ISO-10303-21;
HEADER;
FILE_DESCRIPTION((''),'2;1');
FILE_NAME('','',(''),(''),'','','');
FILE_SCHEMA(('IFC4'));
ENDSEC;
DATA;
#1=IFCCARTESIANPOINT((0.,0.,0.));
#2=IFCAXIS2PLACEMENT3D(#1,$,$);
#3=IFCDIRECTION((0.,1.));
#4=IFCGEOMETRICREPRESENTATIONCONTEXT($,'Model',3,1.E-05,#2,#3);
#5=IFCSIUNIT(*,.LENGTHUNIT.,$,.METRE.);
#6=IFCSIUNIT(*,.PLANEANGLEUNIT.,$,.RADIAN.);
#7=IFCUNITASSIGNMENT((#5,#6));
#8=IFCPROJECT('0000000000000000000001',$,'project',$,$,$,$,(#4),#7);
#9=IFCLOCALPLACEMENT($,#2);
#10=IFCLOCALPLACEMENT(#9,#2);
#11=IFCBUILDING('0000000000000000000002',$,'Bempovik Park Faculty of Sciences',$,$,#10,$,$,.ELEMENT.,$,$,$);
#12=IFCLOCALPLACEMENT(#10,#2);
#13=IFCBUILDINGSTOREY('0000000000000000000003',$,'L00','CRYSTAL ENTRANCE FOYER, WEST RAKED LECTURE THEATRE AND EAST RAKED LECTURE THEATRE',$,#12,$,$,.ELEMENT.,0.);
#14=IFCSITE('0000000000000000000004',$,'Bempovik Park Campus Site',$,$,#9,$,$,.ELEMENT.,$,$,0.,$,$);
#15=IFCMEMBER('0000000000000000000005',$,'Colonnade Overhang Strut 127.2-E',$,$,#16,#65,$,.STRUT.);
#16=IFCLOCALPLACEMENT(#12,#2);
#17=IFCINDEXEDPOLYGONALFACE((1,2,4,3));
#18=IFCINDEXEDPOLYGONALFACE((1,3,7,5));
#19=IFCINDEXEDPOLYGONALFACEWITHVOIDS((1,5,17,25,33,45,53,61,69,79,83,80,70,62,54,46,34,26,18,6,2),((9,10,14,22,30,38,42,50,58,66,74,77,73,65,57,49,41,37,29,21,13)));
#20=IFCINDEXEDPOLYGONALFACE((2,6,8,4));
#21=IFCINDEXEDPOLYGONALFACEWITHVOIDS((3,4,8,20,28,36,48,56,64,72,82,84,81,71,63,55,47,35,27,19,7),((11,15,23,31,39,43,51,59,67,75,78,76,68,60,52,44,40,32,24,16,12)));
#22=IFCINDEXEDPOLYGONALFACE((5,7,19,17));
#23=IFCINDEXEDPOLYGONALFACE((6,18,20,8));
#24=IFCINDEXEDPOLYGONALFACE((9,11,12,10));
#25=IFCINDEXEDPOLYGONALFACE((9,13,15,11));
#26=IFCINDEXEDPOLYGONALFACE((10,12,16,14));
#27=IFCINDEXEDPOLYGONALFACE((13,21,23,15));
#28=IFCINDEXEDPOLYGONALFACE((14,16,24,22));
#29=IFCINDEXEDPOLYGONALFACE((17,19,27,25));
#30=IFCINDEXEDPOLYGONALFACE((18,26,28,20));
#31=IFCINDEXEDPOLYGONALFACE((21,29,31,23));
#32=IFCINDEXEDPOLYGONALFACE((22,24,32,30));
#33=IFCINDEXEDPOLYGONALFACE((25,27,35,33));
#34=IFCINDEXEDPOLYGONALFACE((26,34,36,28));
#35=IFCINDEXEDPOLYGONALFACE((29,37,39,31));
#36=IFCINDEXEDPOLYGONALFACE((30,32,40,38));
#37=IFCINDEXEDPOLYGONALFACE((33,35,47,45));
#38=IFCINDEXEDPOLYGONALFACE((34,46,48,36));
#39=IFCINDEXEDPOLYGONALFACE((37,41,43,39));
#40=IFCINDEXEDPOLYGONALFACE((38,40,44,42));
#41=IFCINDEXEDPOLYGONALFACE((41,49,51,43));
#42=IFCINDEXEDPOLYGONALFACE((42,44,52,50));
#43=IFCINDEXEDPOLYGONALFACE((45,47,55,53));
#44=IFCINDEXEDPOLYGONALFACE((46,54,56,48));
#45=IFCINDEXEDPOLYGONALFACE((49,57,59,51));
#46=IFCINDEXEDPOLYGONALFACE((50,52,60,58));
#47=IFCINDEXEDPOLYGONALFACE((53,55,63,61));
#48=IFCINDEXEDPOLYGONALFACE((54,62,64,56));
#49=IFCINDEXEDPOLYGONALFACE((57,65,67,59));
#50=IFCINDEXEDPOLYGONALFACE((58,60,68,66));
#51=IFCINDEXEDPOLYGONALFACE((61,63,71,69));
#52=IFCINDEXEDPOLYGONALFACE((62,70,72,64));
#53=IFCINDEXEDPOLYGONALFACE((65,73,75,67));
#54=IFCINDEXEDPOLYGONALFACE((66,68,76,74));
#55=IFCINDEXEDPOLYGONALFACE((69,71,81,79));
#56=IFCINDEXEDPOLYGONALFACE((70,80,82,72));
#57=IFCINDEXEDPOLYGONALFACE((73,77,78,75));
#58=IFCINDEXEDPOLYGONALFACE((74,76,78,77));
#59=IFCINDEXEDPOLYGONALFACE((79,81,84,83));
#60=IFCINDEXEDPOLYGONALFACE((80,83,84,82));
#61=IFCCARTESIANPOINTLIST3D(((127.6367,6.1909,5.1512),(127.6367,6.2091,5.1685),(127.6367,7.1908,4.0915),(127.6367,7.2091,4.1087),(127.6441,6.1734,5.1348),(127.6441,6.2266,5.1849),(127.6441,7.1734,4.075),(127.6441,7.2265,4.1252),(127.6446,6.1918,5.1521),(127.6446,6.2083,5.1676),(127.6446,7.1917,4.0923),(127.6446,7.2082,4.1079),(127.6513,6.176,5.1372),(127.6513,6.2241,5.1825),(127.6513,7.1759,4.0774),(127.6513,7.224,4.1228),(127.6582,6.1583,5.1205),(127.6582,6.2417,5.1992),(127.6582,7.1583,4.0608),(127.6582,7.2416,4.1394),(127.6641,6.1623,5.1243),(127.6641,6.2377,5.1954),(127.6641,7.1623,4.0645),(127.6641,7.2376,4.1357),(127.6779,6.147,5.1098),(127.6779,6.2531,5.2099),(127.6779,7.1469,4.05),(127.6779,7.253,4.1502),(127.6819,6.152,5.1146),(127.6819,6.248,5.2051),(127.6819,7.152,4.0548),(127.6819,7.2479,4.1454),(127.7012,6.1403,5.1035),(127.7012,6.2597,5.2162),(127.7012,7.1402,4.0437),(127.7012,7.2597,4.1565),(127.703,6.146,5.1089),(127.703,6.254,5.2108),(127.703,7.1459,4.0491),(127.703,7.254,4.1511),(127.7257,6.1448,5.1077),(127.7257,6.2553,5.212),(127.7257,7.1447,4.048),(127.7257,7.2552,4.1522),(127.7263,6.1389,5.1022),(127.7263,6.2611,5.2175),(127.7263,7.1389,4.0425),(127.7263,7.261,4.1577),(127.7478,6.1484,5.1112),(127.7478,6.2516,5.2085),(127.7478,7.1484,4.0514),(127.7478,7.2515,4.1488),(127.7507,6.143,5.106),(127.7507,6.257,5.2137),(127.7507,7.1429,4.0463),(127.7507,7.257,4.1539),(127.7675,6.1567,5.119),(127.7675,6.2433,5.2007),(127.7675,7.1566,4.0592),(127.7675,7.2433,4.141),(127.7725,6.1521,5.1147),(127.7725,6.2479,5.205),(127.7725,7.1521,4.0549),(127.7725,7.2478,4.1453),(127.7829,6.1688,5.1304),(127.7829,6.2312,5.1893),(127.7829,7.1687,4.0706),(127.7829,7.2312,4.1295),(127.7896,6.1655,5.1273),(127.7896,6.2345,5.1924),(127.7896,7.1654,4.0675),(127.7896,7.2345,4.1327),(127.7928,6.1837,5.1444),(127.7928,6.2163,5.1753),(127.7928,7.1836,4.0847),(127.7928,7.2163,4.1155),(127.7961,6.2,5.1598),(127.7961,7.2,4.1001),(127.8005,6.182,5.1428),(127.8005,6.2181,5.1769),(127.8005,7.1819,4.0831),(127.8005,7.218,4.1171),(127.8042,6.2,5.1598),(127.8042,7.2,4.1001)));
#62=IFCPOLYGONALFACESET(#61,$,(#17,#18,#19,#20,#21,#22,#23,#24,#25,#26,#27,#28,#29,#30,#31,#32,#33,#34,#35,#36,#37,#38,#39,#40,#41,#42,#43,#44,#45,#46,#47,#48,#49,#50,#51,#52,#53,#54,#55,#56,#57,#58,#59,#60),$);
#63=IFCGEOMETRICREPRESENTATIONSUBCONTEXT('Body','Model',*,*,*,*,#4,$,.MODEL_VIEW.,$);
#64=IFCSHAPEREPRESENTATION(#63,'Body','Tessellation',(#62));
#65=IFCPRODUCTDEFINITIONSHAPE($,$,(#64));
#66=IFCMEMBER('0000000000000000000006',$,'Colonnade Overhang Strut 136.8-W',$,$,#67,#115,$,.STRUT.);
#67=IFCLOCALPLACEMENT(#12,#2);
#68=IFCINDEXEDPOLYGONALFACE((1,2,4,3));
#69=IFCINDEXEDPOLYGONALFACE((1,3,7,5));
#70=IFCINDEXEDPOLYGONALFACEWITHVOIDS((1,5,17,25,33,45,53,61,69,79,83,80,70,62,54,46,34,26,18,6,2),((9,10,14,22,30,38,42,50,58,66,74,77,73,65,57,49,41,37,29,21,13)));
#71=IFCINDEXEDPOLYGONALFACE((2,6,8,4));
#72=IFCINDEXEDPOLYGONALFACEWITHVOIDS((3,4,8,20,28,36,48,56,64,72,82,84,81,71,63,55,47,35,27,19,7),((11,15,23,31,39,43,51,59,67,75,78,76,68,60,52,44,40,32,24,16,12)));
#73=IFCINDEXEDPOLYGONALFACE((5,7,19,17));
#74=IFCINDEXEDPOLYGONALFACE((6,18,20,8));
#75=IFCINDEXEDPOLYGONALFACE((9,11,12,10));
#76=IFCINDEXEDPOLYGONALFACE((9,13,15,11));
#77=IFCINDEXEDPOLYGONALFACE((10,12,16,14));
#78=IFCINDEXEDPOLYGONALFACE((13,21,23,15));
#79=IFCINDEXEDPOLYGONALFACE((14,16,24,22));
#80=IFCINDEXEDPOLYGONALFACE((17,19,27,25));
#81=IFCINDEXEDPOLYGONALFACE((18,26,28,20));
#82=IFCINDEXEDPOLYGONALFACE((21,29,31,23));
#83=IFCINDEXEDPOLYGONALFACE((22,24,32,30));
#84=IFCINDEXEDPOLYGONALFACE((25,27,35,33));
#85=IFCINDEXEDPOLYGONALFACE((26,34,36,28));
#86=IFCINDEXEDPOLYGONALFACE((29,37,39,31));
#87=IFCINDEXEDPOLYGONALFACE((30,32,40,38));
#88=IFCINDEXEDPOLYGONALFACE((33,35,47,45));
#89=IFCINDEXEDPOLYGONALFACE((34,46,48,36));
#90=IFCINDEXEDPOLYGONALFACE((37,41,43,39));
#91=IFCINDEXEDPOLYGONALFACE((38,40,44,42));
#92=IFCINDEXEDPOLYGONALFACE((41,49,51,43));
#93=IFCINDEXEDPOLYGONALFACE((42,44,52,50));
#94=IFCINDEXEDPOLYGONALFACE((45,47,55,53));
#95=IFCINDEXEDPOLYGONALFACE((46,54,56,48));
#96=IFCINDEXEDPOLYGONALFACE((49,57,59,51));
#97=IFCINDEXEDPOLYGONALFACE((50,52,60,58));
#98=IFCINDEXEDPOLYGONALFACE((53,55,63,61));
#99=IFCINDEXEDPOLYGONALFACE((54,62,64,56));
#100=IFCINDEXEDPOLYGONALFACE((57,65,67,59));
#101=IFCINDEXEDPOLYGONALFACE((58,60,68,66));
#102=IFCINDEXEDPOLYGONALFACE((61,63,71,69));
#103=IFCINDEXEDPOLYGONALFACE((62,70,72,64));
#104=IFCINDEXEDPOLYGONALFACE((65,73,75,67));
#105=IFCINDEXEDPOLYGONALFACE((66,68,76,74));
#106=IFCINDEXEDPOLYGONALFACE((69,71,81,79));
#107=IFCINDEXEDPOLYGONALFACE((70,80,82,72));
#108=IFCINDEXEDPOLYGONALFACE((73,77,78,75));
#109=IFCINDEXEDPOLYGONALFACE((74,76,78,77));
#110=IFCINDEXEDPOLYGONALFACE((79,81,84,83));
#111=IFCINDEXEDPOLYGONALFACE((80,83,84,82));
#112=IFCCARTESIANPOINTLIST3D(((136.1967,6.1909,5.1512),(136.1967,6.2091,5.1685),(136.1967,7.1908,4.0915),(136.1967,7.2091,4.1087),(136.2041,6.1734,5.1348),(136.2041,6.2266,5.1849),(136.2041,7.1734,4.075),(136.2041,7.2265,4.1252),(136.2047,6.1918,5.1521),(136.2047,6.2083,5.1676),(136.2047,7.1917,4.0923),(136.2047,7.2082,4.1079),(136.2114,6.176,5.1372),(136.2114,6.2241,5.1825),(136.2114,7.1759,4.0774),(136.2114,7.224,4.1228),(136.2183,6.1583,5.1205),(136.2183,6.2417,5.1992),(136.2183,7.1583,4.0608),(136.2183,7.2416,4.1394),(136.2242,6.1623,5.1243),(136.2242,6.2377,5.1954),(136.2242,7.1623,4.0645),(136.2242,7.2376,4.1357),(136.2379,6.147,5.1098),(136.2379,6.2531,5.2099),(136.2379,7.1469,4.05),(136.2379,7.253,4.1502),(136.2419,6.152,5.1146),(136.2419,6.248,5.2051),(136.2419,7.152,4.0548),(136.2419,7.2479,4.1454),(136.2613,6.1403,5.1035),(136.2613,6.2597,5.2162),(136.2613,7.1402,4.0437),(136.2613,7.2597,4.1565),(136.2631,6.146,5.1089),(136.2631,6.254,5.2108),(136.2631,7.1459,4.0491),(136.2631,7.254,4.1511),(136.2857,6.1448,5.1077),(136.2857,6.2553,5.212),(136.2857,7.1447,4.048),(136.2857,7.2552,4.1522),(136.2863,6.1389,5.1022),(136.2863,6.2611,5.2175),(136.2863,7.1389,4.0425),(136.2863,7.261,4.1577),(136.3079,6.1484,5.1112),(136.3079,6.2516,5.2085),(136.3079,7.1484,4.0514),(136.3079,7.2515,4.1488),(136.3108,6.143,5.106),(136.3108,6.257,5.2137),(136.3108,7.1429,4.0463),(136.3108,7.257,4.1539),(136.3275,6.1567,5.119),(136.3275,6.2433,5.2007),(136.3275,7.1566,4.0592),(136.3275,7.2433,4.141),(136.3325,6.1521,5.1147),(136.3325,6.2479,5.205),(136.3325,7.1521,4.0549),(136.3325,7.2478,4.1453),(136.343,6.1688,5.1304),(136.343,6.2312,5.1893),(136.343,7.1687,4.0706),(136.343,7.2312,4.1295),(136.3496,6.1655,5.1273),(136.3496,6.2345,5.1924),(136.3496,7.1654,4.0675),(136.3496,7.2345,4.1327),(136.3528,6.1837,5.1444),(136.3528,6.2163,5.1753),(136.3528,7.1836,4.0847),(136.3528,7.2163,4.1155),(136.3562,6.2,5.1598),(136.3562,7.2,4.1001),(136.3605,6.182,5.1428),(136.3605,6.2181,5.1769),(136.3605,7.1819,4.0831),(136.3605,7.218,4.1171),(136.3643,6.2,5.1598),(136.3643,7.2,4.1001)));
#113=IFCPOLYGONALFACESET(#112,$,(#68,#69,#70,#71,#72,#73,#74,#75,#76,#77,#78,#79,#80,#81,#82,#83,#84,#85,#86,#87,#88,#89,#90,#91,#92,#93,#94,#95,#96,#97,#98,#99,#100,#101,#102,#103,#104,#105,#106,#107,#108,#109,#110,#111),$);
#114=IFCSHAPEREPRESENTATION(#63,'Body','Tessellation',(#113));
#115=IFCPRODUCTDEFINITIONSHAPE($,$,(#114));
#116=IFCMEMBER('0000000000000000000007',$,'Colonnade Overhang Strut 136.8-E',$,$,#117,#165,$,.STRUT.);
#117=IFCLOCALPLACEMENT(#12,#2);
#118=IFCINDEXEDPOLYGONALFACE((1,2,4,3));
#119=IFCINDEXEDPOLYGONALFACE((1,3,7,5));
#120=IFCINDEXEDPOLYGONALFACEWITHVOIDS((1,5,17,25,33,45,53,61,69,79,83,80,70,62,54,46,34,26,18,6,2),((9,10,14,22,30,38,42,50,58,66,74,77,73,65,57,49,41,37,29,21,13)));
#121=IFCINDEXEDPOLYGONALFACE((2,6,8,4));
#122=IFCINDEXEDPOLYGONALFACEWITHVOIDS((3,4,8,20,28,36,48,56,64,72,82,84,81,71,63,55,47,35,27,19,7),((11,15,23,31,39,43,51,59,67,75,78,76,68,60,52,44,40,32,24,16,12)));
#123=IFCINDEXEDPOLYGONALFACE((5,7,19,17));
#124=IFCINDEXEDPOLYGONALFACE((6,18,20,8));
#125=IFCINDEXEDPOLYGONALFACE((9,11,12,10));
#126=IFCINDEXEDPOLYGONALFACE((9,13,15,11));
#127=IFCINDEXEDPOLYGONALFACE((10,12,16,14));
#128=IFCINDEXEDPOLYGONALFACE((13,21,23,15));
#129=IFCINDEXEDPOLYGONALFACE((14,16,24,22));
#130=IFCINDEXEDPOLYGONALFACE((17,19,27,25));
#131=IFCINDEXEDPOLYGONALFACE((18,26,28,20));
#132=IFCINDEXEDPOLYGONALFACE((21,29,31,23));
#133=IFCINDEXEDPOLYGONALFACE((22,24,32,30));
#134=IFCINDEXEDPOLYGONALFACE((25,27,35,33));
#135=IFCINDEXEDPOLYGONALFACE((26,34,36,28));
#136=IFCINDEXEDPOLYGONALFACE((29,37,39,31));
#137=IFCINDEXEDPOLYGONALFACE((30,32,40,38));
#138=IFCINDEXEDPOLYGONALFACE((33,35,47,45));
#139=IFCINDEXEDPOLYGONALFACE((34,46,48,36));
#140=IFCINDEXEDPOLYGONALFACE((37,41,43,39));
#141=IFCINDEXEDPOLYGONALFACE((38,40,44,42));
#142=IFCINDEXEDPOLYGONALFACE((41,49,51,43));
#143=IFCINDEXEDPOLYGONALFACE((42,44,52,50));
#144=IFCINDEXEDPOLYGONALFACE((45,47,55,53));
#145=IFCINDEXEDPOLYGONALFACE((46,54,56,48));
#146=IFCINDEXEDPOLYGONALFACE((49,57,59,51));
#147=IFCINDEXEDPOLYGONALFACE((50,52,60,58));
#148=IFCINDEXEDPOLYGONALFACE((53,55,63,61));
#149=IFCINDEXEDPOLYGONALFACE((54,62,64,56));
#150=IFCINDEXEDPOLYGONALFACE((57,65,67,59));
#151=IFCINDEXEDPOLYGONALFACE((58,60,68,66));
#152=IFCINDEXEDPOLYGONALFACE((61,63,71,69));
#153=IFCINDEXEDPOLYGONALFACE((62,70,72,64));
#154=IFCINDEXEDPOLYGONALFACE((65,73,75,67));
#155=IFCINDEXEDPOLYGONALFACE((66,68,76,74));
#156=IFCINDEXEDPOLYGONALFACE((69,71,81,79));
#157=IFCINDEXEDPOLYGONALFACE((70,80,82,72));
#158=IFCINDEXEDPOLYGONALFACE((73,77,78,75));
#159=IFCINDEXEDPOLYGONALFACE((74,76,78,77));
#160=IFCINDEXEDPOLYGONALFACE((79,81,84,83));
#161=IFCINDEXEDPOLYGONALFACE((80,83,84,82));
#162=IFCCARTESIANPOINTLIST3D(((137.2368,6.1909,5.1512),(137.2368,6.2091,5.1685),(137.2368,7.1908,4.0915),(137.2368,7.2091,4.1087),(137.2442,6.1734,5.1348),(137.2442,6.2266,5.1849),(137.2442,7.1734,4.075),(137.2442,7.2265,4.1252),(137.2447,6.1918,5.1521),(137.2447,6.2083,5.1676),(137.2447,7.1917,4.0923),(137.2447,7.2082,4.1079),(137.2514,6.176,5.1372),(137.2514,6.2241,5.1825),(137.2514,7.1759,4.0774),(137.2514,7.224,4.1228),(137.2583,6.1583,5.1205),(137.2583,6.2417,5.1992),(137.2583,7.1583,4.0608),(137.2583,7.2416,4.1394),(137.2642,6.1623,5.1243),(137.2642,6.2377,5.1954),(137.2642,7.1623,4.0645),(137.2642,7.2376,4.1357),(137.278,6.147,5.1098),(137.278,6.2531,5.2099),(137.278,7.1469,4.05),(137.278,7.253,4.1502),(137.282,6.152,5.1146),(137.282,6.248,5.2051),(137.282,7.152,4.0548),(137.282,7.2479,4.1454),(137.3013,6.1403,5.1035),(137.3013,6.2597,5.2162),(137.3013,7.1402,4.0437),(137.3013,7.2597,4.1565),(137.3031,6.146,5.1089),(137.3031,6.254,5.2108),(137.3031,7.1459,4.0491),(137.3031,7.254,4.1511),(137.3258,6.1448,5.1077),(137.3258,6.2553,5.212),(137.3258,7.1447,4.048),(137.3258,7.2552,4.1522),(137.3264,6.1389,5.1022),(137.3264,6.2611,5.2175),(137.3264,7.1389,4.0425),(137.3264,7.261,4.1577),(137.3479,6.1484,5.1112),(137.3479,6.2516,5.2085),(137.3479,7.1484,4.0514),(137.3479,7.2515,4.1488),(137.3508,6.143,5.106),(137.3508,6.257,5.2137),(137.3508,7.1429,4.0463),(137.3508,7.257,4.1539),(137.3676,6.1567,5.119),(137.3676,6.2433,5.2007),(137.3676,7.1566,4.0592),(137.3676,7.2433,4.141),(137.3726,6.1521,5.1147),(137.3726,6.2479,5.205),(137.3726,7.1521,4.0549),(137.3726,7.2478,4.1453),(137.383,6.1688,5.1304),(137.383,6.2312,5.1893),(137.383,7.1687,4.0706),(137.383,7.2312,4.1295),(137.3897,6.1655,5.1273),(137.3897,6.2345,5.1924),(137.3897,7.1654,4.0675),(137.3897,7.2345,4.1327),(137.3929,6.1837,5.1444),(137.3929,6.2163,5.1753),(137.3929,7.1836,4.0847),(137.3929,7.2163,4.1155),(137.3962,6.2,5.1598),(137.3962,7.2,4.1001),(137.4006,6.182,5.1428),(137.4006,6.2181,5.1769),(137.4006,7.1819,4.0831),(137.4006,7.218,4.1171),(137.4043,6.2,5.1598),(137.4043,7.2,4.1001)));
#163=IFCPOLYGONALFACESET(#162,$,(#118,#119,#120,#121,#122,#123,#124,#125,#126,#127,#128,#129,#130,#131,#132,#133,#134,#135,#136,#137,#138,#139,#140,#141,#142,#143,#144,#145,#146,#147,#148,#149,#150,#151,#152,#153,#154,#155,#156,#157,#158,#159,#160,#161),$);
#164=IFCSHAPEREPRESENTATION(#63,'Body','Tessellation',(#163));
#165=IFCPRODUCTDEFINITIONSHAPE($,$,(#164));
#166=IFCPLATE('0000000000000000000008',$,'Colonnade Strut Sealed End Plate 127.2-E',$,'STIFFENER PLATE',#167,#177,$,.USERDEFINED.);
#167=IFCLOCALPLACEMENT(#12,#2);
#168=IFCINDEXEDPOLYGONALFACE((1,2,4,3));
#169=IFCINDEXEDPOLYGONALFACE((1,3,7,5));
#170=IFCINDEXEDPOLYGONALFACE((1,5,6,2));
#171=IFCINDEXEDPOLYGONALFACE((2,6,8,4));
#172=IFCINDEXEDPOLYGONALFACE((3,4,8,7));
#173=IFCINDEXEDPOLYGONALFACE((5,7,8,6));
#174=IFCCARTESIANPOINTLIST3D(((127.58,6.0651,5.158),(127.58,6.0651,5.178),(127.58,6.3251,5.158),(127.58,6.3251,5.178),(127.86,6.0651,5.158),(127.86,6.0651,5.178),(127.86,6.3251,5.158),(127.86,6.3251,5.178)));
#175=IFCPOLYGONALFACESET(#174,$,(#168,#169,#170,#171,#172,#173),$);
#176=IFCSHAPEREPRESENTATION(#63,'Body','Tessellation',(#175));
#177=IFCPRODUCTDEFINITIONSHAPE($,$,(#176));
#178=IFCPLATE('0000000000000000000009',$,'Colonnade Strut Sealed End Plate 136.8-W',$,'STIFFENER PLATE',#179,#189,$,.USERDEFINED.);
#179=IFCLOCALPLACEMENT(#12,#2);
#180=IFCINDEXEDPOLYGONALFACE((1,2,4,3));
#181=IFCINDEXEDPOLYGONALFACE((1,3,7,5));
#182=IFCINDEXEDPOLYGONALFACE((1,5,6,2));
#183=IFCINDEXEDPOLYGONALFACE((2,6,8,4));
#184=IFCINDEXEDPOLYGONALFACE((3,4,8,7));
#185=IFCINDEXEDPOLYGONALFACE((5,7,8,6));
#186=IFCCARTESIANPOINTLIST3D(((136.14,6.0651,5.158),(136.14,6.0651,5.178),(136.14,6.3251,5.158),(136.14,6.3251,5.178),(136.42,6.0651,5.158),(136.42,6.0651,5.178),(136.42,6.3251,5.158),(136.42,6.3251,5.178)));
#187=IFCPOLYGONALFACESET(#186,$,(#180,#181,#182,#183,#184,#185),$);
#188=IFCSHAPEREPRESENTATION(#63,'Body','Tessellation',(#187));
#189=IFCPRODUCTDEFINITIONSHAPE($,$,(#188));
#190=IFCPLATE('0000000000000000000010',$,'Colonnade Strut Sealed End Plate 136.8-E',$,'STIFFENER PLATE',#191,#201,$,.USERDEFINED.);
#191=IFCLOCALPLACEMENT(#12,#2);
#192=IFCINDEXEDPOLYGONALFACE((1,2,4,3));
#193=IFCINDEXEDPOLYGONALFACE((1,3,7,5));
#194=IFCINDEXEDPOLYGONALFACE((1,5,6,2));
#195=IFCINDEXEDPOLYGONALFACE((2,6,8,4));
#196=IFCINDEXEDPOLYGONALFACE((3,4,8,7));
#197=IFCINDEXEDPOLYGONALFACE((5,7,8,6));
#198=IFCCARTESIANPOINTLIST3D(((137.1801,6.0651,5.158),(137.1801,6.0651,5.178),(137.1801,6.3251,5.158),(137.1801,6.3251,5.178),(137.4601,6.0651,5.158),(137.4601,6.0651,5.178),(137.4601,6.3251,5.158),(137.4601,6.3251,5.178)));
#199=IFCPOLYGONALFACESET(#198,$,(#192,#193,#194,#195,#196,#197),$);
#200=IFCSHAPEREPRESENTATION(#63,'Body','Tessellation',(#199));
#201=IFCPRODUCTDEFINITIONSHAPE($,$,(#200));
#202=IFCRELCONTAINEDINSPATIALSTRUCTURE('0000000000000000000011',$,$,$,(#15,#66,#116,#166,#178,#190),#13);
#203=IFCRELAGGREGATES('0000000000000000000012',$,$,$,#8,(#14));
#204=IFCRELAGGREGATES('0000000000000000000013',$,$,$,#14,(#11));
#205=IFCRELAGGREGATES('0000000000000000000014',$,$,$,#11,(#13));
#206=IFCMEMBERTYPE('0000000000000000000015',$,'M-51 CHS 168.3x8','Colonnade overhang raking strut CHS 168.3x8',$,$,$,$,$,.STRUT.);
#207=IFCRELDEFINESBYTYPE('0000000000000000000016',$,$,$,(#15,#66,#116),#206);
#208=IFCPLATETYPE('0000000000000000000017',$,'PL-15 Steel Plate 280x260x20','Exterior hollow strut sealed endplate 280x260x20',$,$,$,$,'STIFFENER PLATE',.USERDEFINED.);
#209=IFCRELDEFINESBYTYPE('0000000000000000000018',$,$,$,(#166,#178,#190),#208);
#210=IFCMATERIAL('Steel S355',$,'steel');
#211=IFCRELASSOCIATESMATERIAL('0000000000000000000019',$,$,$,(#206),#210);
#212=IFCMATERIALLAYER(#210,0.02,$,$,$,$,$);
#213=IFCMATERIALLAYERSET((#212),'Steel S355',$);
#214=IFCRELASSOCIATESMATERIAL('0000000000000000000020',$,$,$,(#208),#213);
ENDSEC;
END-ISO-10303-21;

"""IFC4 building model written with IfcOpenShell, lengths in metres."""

from ifc_helpers import new_model, si_unit, direction, frame, origin, origin_2d, place, context, subcontext, project, spatial, rectangle, hollow_circle, extrude, material, layer, layer_set, material_profile, profile_set, type_object, element, save


model = new_model("IFC4")

# Units and contexts
model_context = context("Model", 3, precision=1e-05, world=origin(), true_north=direction((0.0, 1.0)))
body_context = subcontext(model_context, "Body", "Model", "MODEL_VIEW")
ifc_project = project(units=[si_unit("LENGTHUNIT", "METRE"), si_unit("PLANEANGLEUNIT", "RADIAN")], contexts=[model_context])

# Site, building, storey
site_placement = place(None, origin())
site = spatial("IfcSite", under=ifc_project, at=site_placement, Name="Bempovik Park Campus Site", CompositionType="ELEMENT", RefElevation=0.0)
building_placement = place(site_placement, origin())
building = spatial("IfcBuilding", under=site, at=building_placement, Name="Bempovik Park Faculty of Sciences", CompositionType="ELEMENT")
storey_placement = place(building_placement, origin())
storey = spatial("IfcBuildingStorey", under=building, at=storey_placement, Name="L00", Description="CRYSTAL ENTRANCE FOYER, WEST RAKED LECTURE THEATRE AND EAST RAKED LECTURE THEATRE", CompositionType="ELEMENT", Elevation=0.0)

# Shared definitions
ifc_material_1 = material(Name="Steel S355", Category="steel")

# Members
ifc_material_profile_1 = material_profile(ifc_material_1, hollow_circle(Radius=0.0842, WallThickness=0.0081, at=origin_2d()), Name="CHS 168.3x8")
ifc_profile_set_1 = profile_set([ifc_material_profile_1], Name="Steel S355")
member_type = type_object("IfcMemberType", Name="M-51 CHS 168.3x8", Description="Colonnade overhang raking strut CHS 168.3x8", PredefinedType="STRUT", material=ifc_profile_set_1)
for number, where, z_axis, x_axis, name in (
    (1, (127.72, 7.2, 4.1001), (0.0, -0.686284, 0.727334), (1.0, 0.0, 0.0), "Colonnade Overhang Strut 127.2-E"),
    (2, (136.28, 7.2, 4.1001), (0.0, -0.686284, 0.727334), (1.0, 0.0, 0.0), "Colonnade Overhang Strut 136.8-W"),
    (3, (137.3201, 7.2, 4.1001), (0.0, -0.686284, 0.727334), (1.0, 0.0, 0.0), "Colonnade Overhang Strut 136.8-E"),
):
    element("IfcMember", number, at=place(storey_placement, frame(where, z_axis=z_axis, x_axis=x_axis)), inside=storey, type_object=member_type, Name=name, PredefinedType="STRUT", context=body_context, shape_type="SweptSolid", body=[
        extrude(hollow_circle(Radius=0.0842, WallThickness=0.0081, at=origin_2d()), origin(), (0.0, 0.0, 1.0), 1.457),
    ])

# Plates
ifc_layer_1 = layer(ifc_material_1, 0.02)
ifc_layer_set_1 = layer_set([ifc_layer_1], Name="Steel S355")
plate_type_1 = type_object("IfcPlateType", Name="PL-15 Steel Plate 280x260x20", Description="Exterior hollow strut sealed endplate 280x260x20", ElementType="STIFFENER PLATE", PredefinedType="USERDEFINED", material=ifc_layer_set_1)
for number, where, z_axis, x_axis, name in (
    (4, (127.72, 6.1951, 5.158), (0.0, 0.0, 1.0), (1.0, 0.0, 0.0), "Colonnade Strut Sealed End Plate 127.2-E"),
    (5, (136.28, 6.1951, 5.158), (0.0, 0.0, 1.0), (1.0, 0.0, 0.0), "Colonnade Strut Sealed End Plate 136.8-W"),
    (6, (137.3201, 6.1951, 5.158), (0.0, 0.0, 1.0), (1.0, 0.0, 0.0), "Colonnade Strut Sealed End Plate 136.8-E"),
):
    element("IfcPlate", number, at=place(storey_placement, frame(where, z_axis=z_axis, x_axis=x_axis)), inside=storey, type_object=plate_type_1, Name=name, ObjectType="STIFFENER PLATE", PredefinedType="USERDEFINED", context=body_context, shape_type="SweptSolid", body=[
        extrude(rectangle(XDim=0.28, YDim=0.26, at=origin_2d()), origin(), (0.0, 0.0, 1.0), 0.02),
    ])

save(model, "model.ifc")
